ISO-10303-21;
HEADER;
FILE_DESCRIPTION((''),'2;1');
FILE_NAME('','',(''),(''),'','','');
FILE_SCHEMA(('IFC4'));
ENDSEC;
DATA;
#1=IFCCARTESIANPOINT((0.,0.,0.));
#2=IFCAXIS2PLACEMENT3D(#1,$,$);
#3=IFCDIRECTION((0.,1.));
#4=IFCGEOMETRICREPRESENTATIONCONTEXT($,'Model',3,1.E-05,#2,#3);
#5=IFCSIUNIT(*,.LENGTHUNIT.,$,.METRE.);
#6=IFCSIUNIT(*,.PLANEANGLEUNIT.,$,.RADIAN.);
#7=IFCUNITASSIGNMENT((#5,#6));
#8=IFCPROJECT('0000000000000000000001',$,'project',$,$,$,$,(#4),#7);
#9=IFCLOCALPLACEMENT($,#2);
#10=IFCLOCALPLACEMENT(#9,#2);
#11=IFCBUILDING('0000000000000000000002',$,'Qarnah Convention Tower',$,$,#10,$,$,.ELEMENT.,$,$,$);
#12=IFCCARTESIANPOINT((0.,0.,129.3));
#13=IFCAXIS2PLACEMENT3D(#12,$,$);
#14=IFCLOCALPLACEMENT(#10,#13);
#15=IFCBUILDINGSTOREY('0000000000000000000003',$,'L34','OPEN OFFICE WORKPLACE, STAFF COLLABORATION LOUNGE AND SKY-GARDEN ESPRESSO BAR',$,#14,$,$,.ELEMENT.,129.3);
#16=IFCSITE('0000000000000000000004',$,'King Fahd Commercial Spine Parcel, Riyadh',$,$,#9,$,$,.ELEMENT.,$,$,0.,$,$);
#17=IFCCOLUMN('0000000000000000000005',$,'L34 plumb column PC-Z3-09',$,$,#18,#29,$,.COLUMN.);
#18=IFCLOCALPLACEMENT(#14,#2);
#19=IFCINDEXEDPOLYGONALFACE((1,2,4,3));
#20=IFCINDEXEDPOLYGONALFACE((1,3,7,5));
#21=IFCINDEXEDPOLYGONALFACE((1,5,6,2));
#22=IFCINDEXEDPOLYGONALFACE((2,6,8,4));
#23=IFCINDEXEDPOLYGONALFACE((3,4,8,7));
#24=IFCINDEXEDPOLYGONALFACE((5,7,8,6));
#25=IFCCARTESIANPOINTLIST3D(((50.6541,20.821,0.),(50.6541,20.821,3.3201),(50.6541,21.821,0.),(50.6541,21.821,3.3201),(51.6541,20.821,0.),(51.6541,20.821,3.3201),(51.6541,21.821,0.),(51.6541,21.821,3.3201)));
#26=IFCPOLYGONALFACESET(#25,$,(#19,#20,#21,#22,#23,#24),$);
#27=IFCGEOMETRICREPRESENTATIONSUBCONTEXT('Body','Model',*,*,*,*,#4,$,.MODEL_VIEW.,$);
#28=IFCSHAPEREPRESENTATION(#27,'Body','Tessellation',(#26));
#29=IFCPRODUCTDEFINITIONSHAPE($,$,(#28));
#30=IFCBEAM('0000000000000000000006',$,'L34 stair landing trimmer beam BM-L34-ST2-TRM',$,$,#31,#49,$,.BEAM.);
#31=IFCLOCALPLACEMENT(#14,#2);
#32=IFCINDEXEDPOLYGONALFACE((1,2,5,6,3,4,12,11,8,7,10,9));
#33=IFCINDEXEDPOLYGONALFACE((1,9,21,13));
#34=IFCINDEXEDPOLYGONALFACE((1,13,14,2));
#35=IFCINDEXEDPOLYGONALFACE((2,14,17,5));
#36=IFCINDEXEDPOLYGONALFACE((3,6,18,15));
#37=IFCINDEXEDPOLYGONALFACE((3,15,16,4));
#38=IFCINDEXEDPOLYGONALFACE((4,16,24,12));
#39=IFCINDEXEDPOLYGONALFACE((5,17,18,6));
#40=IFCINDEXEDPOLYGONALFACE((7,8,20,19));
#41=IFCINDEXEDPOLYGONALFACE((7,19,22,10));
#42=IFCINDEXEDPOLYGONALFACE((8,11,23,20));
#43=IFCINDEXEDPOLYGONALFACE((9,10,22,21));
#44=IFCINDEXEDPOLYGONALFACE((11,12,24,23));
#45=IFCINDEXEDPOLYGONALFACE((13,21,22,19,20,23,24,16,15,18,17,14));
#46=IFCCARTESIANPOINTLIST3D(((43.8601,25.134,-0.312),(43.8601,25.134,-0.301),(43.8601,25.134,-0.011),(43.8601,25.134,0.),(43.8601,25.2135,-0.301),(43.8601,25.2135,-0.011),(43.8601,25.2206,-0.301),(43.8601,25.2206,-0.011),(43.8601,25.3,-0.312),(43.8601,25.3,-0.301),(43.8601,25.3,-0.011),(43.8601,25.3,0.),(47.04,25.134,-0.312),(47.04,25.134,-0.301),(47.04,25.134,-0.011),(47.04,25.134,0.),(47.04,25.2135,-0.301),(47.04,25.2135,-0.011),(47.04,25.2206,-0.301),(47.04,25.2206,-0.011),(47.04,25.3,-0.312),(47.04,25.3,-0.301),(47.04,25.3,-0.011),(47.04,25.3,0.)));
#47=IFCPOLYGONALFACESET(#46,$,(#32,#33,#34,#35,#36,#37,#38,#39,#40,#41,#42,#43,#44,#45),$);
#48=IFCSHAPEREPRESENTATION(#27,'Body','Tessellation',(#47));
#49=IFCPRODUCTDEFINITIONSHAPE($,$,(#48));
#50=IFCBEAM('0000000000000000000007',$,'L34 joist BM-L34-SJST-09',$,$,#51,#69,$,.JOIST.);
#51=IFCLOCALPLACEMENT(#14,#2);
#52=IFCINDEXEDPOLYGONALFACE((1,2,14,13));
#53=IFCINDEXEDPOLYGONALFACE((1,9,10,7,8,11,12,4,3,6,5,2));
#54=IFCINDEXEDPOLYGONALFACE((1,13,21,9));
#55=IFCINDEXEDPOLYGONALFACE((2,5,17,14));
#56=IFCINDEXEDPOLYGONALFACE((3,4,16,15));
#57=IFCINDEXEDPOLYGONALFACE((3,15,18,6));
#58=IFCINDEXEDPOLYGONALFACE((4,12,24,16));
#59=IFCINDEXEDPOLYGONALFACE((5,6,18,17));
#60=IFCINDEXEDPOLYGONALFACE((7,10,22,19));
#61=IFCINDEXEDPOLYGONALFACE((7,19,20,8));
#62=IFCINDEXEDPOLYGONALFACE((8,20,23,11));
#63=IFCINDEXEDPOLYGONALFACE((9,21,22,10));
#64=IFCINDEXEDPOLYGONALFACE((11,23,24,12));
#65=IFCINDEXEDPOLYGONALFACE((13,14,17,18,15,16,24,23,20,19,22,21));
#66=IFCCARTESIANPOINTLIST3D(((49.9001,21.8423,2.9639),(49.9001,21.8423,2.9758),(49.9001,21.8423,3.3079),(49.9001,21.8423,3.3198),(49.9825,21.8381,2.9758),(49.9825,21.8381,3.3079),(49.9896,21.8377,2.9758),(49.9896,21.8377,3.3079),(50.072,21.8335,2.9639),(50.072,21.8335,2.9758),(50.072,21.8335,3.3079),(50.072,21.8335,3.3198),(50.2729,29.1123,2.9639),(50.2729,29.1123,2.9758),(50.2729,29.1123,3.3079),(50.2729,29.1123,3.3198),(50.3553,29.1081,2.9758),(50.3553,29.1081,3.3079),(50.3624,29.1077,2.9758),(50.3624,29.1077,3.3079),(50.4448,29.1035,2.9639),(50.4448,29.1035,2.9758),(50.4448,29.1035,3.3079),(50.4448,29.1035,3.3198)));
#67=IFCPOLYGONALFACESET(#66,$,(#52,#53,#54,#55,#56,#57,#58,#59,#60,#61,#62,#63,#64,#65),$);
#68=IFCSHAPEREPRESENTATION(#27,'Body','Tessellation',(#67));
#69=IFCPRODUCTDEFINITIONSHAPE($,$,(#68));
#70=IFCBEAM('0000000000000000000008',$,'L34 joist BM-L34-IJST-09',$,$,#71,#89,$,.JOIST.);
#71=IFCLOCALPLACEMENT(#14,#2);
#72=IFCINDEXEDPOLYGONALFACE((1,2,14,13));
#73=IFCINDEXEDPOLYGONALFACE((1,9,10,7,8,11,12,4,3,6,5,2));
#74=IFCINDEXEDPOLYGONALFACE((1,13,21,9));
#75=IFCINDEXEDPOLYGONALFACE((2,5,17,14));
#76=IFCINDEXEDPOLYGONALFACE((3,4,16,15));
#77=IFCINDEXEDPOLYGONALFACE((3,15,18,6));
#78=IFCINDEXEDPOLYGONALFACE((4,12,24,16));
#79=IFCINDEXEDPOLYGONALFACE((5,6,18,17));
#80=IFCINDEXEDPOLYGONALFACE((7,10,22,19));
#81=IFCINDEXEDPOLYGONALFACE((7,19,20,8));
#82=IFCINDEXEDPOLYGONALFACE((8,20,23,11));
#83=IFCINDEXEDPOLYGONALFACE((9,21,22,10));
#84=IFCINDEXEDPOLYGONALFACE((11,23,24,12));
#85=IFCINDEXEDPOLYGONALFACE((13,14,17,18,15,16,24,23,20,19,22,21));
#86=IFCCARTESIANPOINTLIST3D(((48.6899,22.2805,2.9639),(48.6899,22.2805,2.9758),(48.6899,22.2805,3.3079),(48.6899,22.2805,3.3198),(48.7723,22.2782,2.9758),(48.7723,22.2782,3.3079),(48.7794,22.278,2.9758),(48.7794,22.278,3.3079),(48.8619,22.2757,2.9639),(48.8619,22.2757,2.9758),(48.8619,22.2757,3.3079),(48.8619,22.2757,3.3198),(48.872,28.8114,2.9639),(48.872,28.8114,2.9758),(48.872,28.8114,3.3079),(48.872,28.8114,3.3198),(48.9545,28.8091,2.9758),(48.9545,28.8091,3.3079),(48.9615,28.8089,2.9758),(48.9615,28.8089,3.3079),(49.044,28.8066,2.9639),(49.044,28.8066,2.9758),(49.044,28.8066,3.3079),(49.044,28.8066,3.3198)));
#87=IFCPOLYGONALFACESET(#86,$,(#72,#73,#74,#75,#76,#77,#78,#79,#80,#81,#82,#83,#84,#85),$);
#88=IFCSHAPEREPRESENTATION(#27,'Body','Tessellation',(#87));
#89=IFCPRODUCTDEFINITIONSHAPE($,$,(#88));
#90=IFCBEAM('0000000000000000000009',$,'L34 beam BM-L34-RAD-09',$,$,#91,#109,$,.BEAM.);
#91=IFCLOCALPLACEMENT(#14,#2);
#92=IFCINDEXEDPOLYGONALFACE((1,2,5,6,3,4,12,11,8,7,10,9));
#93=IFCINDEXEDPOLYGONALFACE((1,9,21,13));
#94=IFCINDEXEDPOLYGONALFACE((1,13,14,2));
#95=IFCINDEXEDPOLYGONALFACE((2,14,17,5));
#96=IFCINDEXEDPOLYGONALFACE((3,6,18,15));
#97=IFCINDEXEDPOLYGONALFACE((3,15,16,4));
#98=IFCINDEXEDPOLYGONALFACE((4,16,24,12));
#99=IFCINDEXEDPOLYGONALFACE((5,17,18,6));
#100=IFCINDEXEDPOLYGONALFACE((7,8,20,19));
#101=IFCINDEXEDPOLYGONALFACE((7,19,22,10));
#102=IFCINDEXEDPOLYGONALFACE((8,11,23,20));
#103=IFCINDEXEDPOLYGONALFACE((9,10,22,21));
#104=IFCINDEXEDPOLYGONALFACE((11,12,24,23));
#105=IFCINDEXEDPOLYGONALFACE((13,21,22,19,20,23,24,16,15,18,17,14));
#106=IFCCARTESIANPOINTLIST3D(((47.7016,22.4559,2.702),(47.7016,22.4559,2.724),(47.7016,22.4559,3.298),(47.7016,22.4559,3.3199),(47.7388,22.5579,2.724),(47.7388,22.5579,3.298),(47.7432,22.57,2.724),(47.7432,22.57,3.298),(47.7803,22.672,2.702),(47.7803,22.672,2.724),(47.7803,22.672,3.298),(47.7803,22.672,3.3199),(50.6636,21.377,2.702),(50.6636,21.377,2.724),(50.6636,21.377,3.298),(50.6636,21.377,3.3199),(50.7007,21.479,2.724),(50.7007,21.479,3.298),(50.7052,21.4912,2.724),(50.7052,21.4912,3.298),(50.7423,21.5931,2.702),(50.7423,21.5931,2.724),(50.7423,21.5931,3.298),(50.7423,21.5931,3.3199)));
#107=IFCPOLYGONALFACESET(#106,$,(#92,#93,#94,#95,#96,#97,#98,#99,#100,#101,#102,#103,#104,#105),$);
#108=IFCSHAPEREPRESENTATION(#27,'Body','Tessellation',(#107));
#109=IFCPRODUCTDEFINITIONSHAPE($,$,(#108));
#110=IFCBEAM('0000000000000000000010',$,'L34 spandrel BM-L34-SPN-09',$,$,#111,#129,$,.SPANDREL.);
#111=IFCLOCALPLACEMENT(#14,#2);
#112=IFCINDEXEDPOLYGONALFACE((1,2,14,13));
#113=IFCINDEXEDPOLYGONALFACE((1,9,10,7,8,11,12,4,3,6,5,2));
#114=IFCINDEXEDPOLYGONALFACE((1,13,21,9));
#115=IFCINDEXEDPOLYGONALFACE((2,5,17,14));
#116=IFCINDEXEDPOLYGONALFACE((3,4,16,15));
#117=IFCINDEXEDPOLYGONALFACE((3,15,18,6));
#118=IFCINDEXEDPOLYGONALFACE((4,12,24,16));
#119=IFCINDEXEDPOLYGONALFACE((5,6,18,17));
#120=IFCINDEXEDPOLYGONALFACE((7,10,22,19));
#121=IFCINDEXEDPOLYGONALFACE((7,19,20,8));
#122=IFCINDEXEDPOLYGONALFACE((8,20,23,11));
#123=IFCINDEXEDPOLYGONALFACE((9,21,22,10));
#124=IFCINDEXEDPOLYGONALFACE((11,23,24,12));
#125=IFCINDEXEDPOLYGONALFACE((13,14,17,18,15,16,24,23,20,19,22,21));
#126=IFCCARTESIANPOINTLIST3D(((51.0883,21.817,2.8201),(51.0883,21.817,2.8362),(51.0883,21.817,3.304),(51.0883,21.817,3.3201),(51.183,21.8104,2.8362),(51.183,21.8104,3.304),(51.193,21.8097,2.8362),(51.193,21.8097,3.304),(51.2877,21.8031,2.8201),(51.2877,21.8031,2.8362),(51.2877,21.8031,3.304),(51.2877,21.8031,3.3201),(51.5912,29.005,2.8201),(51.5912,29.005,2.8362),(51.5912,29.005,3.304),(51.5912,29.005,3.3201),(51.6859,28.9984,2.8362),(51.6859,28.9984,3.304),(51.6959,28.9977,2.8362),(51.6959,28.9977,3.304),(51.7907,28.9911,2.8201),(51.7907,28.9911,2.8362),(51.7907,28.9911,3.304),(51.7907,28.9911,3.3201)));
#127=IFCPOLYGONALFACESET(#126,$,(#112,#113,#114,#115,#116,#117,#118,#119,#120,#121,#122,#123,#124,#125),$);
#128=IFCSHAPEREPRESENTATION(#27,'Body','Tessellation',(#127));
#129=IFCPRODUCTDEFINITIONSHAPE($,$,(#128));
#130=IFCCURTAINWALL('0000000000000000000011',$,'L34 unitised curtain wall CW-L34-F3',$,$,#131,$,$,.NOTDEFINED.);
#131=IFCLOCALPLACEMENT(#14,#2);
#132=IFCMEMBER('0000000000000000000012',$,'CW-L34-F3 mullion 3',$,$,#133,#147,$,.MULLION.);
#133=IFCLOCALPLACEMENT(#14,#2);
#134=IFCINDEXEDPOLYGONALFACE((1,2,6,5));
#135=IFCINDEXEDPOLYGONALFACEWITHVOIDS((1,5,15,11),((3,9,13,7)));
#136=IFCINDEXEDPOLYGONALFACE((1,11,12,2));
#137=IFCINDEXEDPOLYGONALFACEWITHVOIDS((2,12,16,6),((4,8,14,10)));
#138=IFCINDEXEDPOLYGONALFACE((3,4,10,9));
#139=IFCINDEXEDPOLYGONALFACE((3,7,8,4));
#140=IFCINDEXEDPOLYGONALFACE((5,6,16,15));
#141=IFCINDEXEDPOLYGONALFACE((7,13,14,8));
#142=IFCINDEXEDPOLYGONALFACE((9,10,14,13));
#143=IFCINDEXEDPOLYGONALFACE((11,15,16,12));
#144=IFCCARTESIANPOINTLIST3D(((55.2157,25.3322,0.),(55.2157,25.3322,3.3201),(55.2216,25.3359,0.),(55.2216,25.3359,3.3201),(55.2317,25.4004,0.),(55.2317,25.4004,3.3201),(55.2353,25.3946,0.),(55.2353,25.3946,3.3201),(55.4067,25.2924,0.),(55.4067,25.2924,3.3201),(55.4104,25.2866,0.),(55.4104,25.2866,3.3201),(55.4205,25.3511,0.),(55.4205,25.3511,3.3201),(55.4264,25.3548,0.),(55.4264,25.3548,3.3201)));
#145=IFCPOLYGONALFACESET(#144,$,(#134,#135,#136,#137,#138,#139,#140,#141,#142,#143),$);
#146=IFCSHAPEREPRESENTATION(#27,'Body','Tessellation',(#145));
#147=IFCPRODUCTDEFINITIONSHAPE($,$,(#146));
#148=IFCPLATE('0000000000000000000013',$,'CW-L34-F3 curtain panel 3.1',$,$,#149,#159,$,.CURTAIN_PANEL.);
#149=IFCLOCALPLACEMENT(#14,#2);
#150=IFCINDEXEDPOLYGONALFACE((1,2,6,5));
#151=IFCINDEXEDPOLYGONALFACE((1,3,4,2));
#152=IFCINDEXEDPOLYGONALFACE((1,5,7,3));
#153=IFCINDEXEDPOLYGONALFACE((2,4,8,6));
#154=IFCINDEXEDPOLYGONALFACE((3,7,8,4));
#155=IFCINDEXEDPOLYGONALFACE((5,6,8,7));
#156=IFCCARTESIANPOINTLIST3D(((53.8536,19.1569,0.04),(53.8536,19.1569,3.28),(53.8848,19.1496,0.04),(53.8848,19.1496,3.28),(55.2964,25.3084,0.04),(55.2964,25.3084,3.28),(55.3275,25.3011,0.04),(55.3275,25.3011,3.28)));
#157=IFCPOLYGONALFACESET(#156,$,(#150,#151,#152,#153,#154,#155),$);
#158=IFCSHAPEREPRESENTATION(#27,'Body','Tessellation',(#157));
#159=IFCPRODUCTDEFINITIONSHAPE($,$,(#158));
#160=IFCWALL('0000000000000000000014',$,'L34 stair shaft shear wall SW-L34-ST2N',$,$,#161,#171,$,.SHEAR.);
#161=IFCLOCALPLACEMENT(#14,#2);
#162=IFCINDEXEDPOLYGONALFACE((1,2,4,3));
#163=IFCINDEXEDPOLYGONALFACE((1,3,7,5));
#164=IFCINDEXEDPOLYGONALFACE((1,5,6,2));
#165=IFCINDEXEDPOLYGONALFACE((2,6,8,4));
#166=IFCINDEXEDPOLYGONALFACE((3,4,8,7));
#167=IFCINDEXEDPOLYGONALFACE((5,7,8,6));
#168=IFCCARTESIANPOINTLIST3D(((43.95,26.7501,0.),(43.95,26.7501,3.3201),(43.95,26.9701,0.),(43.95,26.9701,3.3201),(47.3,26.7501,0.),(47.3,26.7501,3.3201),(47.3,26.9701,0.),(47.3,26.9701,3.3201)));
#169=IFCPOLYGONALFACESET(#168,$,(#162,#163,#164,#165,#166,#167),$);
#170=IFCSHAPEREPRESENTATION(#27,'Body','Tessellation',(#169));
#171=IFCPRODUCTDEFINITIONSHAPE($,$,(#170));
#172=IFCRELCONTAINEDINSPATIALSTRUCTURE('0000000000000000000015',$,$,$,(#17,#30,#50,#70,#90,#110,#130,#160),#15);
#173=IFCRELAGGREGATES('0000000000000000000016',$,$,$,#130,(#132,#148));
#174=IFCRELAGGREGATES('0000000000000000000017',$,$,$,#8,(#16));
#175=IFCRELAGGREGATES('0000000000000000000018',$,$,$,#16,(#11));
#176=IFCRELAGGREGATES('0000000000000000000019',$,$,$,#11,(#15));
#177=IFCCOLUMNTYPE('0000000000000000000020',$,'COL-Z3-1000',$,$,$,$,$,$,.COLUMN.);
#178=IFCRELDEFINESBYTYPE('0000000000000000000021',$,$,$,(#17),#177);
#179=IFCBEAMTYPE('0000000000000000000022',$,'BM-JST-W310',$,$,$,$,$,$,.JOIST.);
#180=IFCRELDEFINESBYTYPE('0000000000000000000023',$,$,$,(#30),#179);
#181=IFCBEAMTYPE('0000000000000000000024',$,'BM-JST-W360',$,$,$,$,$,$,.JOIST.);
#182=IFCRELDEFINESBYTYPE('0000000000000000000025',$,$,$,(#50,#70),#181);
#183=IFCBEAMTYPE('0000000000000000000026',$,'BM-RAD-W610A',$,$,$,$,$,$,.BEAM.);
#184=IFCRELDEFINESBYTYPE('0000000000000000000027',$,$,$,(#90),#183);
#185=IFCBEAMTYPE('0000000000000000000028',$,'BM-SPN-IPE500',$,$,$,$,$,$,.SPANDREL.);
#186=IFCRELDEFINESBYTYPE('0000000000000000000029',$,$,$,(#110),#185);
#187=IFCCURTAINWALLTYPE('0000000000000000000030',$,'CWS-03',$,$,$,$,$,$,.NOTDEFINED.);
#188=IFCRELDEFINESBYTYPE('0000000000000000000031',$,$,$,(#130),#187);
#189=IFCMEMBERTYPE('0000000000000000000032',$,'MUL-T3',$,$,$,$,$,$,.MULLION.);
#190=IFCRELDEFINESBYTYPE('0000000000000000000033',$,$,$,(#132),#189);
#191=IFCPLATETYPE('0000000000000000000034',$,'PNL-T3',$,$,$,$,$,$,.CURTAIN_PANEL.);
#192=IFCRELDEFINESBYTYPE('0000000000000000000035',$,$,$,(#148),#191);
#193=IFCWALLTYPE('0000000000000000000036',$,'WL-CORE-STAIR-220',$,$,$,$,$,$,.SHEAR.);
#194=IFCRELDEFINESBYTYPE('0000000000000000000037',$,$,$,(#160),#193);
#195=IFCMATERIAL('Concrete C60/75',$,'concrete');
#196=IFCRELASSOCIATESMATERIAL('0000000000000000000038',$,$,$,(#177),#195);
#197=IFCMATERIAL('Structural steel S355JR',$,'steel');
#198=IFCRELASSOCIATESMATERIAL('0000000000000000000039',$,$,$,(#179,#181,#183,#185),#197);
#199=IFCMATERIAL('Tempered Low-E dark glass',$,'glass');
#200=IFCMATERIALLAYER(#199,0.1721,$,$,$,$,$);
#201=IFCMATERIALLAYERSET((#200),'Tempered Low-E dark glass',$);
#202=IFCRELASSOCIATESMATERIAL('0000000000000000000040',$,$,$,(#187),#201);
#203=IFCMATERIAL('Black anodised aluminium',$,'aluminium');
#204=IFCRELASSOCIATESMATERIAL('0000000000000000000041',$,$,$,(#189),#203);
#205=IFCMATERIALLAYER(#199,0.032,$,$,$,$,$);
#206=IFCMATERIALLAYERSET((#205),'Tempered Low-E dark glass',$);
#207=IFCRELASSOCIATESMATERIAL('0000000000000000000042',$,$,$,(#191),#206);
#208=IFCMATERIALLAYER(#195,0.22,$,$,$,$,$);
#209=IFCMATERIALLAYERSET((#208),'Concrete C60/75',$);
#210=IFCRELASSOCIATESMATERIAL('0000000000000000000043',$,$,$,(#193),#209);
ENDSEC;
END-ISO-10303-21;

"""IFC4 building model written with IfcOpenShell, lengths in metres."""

from ifc_helpers import new_model, si_unit, direction, frame, frame_2d, origin, origin_2d, place, context, subcontext, project, spatial, rectangle, hollow_rectangle, i_section, extrude, material, layer, layer_set, material_profile, profile_set, type_object, element, aggregate, save


model = new_model("IFC4")

# Units and contexts
model_context = context("Model", 3, precision=1e-05, world=origin(), true_north=direction((0.0, 1.0)))
body_context = subcontext(model_context, "Body", "Model", "MODEL_VIEW")
ifc_project = project(units=[si_unit("LENGTHUNIT", "METRE"), si_unit("PLANEANGLEUNIT", "RADIAN")], contexts=[model_context])

# Site, building, storey
site_placement = place(None, origin())
site = spatial("IfcSite", under=ifc_project, at=site_placement, Name="King Fahd Commercial Spine Parcel, Riyadh", CompositionType="ELEMENT", RefElevation=0.0)
building_placement = place(site_placement, origin())
building = spatial("IfcBuilding", under=site, at=building_placement, Name="Qarnah Convention Tower", CompositionType="ELEMENT")
storey_placement = place(building_placement, frame((0.0, 0.0, 129.3)))
storey = spatial("IfcBuildingStorey", under=building, at=storey_placement, Name="L34", Description="OPEN OFFICE WORKPLACE, STAFF COLLABORATION LOUNGE AND SKY-GARDEN ESPRESSO BAR", CompositionType="ELEMENT", Elevation=129.3)

# Column
ifc_material_1 = material(Name="Concrete C60/75", Category="concrete")
ifc_material_profile_1 = material_profile(ifc_material_1, rectangle(XDim=1.0, YDim=1.0, at=origin_2d()), Name="RC-COL-1000X1000")
ifc_profile_set_1 = profile_set([ifc_material_profile_1], Name="Concrete C60/75")
column_type = type_object("IfcColumnType", Name="COL-Z3-1000", PredefinedType="COLUMN", material=ifc_profile_set_1)
column_placement = place(storey_placement, frame((51.1541, 21.321, 0.0), z_axis=(0.0, 0.0, 1.0), x_axis=(1.0, 0.0, 0.0)))
element("IfcColumn", 1, at=column_placement, inside=storey, type_object=column_type, Name="L34 plumb column PC-Z3-09", PredefinedType="COLUMN", context=body_context, shape_type="SweptSolid", body=[
    extrude(rectangle(XDim=1.0, YDim=1.0, at=origin_2d()), origin(), (0.0, 0.0, 1.0), 3.3201),
])

# Beams
ifc_material_2 = material(Name="Structural steel S355JR", Category="steel")
ifc_material_profile_2 = material_profile(ifc_material_2, i_section(OverallWidth=0.166, OverallDepth=0.312, WebThickness=0.0071, FlangeThickness=0.011, at=origin_2d()), Name="W310X45")
ifc_profile_set_2 = profile_set([ifc_material_profile_2], Name="Structural steel S355JR")
beam_type_1 = type_object("IfcBeamType", Name="BM-JST-W310", PredefinedType="JOIST", material=ifc_profile_set_2)
beam_1_placement = place(storey_placement, frame((43.8601, 25.217, -0.156), z_axis=(1.0, 0.0, 0.0), x_axis=(0.0, 1.0, 0.0)))
element("IfcBeam", 2, at=beam_1_placement, inside=storey, type_object=beam_type_1, Name="L34 stair landing trimmer beam BM-L34-ST2-TRM", PredefinedType="BEAM", context=body_context, shape_type="SweptSolid", body=[
    extrude(i_section(OverallWidth=0.166, OverallDepth=0.312, WebThickness=0.0071, FlangeThickness=0.011, at=origin_2d()), origin(), (0.0, 0.0, 1.0), 3.1799),
])
ifc_material_profile_3 = material_profile(ifc_material_2, i_section(OverallWidth=0.1721, OverallDepth=0.356, WebThickness=0.0071, FlangeThickness=0.012, at=origin_2d()), Name="W360X51")
ifc_profile_set_3 = profile_set([ifc_material_profile_3], Name="Structural steel S355JR")
beam_type_2 = type_object("IfcBeamType", Name="BM-JST-W360", PredefinedType="JOIST", material=ifc_profile_set_3)
beam_2_placement = place(storey_placement, frame((49.9861, 21.8379, 3.1418), z_axis=(0.051212, 0.998688, 0.0), x_axis=(-0.998688, 0.051212, 0.0)))
element("IfcBeam", 3, at=beam_2_placement, inside=storey, type_object=beam_type_2, Name="L34 joist BM-L34-SJST-09", PredefinedType="JOIST", context=body_context, shape_type="SweptSolid", body=[
    extrude(i_section(OverallWidth=0.1721, OverallDepth=0.356, WebThickness=0.0071, FlangeThickness=0.012, at=origin_2d()), origin(), (0.0, 0.0, 1.0), 7.2795),
])
beam_3_placement = place(storey_placement, frame((48.7759, 22.2781, 3.1418), z_axis=(0.027876, 0.999611, 0.0), x_axis=(-0.999611, 0.027876, 0.0)))
element("IfcBeam", 4, at=beam_3_placement, inside=storey, type_object=beam_type_2, Name="L34 joist BM-L34-IJST-09", PredefinedType="JOIST", context=body_context, shape_type="SweptSolid", body=[
    extrude(i_section(OverallWidth=0.1721, OverallDepth=0.356, WebThickness=0.0071, FlangeThickness=0.012, at=origin_2d()), origin(), (0.0, 0.0, 1.0), 6.5334),
])
ifc_material_profile_4 = material_profile(ifc_material_2, i_section(OverallWidth=0.23, OverallDepth=0.6179, WebThickness=0.0129, FlangeThickness=0.022, at=origin_2d()), Name="W610X140")
ifc_profile_set_4 = profile_set([ifc_material_profile_4], Name="Structural steel S355JR")
beam_type_3 = type_object("IfcBeamType", Name="BM-RAD-W610A", PredefinedType="BEAM", material=ifc_profile_set_4)
beam_4_placement = place(storey_placement, frame((47.741, 22.564, 3.011), z_axis=(0.93961, -0.342247, 0.0), x_axis=(0.342247, 0.93961, 0.0)))
element("IfcBeam", 5, at=beam_4_placement, inside=storey, type_object=beam_type_3, Name="L34 beam BM-L34-RAD-09", PredefinedType="BEAM", context=body_context, shape_type="SweptSolid", body=[
    extrude(i_section(OverallWidth=0.23, OverallDepth=0.6179, WebThickness=0.0129, FlangeThickness=0.022, at=origin_2d()), origin(), (0.0, 0.0, 1.0), 3.1523),
])
ifc_material_profile_5 = material_profile(ifc_material_2, i_section(OverallWidth=0.2, OverallDepth=0.5, WebThickness=0.01, FlangeThickness=0.0161, at=origin_2d()), Name="IPE500")
ifc_profile_set_5 = profile_set([ifc_material_profile_5], Name="Structural steel S355JR")
beam_type_4 = type_object("IfcBeamType", Name="BM-SPN-IPE500", PredefinedType="SPANDREL", material=ifc_profile_set_5)
beam_5_placement = place(storey_placement, frame((51.188, 21.8101, 3.0701), z_axis=(0.069797, 0.997561, 0.0), x_axis=(-0.997561, 0.069797, 0.0)))
element("IfcBeam", 6, at=beam_5_placement, inside=storey, type_object=beam_type_4, Name="L34 spandrel BM-L34-SPN-09", PredefinedType="SPANDREL", context=body_context, shape_type="SweptSolid", body=[
    extrude(i_section(OverallWidth=0.2, OverallDepth=0.5, WebThickness=0.01, FlangeThickness=0.0161, at=origin_2d()), origin(), (0.0, 0.0, 1.0), 7.2056),
])

# Curtain wall, member, plate
ifc_material_3 = material(Name="Tempered Low-E dark glass", Category="glass")
ifc_layer_1 = layer(ifc_material_3, 0.1721)
ifc_layer_set_1 = layer_set([ifc_layer_1], Name="Tempered Low-E dark glass")
curtain_wall_type = type_object("IfcCurtainWallType", Name="CWS-03", PredefinedType="NOTDEFINED", material=ifc_layer_set_1)
curtain_wall_placement = place(storey_placement, origin())
curtain_wall = element("IfcCurtainWall", 7, at=curtain_wall_placement, inside=storey, type_object=curtain_wall_type, Name="L34 unitised curtain wall CW-L34-F3", PredefinedType="NOTDEFINED")
ifc_material_4 = material(Name="Black anodised aluminium", Category="aluminium")
ifc_material_profile_6 = material_profile(ifc_material_4, hollow_rectangle(XDim=0.0701, YDim=0.2, WallThickness=0.0049, at=origin_2d()), Name="MUL-70X200")
ifc_profile_set_6 = profile_set([ifc_material_profile_6], Name="Black anodised aluminium")
member_type = type_object("IfcMemberType", Name="MUL-T3", PredefinedType="MULLION", material=ifc_profile_set_6)
member_placement = place(storey_placement, frame((55.321, 25.3435, 0.0), z_axis=(0.0, 0.0, 1.0), x_axis=(-0.228344, -0.97358, 0.0)))
member = element("IfcMember", 8, at=member_placement, type_object=member_type, Name="CW-L34-F3 mullion 3", PredefinedType="MULLION", context=body_context, shape_type="SweptSolid", body=[
    extrude(hollow_rectangle(XDim=0.0701, YDim=0.2, WallThickness=0.0049, at=origin_2d()), origin(), (0.0, 0.0, 1.0), 3.3201),
])
ifc_layer_2 = layer(ifc_material_3, 0.032)
ifc_layer_set_2 = layer_set([ifc_layer_2], Name="Tempered Low-E dark glass")
plate_type = type_object("IfcPlateType", Name="PNL-T3", PredefinedType="CURTAIN_PANEL", material=ifc_layer_set_2)
plate_placement = place(storey_placement, frame((54.5906, 22.229, 0.04), z_axis=(0.0, 0.0, 1.0), x_axis=(-0.228344, -0.97358, 0.0)))
plate = element("IfcPlate", 9, at=plate_placement, type_object=plate_type, Name="CW-L34-F3 curtain panel 3.1", PredefinedType="CURTAIN_PANEL", context=body_context, shape_type="SweptSolid", body=[
    extrude(rectangle(XDim=6.3184, YDim=0.032, at=origin_2d()), origin(), (0.0, 0.0, 1.0), 3.24),
])
aggregate(curtain_wall, [member, plate])

# Wall
ifc_layer_3 = layer(ifc_material_1, 0.22)
ifc_layer_set_3 = layer_set([ifc_layer_3], Name="Concrete C60/75")
wall_type_1 = type_object("IfcWallType", Name="WL-CORE-STAIR-220", PredefinedType="SHEAR", material=ifc_layer_set_3)
wall_1_placement = place(storey_placement, frame((43.95, 26.8601, 0.0), z_axis=(0.0, 0.0, 1.0), x_axis=(1.0, 0.0, 0.0)))
element("IfcWall", 10, at=wall_1_placement, inside=storey, type_object=wall_type_1, Name="L34 stair shaft shear wall SW-L34-ST2N", PredefinedType="SHEAR", context=body_context, shape_type="SweptSolid", body=[
    extrude(rectangle(XDim=3.3501, YDim=0.22, at=frame_2d((1.675, 0.0))), origin(), (0.0, 0.0, 1.0), 3.3201),
])

save(model, "model.ifc")
